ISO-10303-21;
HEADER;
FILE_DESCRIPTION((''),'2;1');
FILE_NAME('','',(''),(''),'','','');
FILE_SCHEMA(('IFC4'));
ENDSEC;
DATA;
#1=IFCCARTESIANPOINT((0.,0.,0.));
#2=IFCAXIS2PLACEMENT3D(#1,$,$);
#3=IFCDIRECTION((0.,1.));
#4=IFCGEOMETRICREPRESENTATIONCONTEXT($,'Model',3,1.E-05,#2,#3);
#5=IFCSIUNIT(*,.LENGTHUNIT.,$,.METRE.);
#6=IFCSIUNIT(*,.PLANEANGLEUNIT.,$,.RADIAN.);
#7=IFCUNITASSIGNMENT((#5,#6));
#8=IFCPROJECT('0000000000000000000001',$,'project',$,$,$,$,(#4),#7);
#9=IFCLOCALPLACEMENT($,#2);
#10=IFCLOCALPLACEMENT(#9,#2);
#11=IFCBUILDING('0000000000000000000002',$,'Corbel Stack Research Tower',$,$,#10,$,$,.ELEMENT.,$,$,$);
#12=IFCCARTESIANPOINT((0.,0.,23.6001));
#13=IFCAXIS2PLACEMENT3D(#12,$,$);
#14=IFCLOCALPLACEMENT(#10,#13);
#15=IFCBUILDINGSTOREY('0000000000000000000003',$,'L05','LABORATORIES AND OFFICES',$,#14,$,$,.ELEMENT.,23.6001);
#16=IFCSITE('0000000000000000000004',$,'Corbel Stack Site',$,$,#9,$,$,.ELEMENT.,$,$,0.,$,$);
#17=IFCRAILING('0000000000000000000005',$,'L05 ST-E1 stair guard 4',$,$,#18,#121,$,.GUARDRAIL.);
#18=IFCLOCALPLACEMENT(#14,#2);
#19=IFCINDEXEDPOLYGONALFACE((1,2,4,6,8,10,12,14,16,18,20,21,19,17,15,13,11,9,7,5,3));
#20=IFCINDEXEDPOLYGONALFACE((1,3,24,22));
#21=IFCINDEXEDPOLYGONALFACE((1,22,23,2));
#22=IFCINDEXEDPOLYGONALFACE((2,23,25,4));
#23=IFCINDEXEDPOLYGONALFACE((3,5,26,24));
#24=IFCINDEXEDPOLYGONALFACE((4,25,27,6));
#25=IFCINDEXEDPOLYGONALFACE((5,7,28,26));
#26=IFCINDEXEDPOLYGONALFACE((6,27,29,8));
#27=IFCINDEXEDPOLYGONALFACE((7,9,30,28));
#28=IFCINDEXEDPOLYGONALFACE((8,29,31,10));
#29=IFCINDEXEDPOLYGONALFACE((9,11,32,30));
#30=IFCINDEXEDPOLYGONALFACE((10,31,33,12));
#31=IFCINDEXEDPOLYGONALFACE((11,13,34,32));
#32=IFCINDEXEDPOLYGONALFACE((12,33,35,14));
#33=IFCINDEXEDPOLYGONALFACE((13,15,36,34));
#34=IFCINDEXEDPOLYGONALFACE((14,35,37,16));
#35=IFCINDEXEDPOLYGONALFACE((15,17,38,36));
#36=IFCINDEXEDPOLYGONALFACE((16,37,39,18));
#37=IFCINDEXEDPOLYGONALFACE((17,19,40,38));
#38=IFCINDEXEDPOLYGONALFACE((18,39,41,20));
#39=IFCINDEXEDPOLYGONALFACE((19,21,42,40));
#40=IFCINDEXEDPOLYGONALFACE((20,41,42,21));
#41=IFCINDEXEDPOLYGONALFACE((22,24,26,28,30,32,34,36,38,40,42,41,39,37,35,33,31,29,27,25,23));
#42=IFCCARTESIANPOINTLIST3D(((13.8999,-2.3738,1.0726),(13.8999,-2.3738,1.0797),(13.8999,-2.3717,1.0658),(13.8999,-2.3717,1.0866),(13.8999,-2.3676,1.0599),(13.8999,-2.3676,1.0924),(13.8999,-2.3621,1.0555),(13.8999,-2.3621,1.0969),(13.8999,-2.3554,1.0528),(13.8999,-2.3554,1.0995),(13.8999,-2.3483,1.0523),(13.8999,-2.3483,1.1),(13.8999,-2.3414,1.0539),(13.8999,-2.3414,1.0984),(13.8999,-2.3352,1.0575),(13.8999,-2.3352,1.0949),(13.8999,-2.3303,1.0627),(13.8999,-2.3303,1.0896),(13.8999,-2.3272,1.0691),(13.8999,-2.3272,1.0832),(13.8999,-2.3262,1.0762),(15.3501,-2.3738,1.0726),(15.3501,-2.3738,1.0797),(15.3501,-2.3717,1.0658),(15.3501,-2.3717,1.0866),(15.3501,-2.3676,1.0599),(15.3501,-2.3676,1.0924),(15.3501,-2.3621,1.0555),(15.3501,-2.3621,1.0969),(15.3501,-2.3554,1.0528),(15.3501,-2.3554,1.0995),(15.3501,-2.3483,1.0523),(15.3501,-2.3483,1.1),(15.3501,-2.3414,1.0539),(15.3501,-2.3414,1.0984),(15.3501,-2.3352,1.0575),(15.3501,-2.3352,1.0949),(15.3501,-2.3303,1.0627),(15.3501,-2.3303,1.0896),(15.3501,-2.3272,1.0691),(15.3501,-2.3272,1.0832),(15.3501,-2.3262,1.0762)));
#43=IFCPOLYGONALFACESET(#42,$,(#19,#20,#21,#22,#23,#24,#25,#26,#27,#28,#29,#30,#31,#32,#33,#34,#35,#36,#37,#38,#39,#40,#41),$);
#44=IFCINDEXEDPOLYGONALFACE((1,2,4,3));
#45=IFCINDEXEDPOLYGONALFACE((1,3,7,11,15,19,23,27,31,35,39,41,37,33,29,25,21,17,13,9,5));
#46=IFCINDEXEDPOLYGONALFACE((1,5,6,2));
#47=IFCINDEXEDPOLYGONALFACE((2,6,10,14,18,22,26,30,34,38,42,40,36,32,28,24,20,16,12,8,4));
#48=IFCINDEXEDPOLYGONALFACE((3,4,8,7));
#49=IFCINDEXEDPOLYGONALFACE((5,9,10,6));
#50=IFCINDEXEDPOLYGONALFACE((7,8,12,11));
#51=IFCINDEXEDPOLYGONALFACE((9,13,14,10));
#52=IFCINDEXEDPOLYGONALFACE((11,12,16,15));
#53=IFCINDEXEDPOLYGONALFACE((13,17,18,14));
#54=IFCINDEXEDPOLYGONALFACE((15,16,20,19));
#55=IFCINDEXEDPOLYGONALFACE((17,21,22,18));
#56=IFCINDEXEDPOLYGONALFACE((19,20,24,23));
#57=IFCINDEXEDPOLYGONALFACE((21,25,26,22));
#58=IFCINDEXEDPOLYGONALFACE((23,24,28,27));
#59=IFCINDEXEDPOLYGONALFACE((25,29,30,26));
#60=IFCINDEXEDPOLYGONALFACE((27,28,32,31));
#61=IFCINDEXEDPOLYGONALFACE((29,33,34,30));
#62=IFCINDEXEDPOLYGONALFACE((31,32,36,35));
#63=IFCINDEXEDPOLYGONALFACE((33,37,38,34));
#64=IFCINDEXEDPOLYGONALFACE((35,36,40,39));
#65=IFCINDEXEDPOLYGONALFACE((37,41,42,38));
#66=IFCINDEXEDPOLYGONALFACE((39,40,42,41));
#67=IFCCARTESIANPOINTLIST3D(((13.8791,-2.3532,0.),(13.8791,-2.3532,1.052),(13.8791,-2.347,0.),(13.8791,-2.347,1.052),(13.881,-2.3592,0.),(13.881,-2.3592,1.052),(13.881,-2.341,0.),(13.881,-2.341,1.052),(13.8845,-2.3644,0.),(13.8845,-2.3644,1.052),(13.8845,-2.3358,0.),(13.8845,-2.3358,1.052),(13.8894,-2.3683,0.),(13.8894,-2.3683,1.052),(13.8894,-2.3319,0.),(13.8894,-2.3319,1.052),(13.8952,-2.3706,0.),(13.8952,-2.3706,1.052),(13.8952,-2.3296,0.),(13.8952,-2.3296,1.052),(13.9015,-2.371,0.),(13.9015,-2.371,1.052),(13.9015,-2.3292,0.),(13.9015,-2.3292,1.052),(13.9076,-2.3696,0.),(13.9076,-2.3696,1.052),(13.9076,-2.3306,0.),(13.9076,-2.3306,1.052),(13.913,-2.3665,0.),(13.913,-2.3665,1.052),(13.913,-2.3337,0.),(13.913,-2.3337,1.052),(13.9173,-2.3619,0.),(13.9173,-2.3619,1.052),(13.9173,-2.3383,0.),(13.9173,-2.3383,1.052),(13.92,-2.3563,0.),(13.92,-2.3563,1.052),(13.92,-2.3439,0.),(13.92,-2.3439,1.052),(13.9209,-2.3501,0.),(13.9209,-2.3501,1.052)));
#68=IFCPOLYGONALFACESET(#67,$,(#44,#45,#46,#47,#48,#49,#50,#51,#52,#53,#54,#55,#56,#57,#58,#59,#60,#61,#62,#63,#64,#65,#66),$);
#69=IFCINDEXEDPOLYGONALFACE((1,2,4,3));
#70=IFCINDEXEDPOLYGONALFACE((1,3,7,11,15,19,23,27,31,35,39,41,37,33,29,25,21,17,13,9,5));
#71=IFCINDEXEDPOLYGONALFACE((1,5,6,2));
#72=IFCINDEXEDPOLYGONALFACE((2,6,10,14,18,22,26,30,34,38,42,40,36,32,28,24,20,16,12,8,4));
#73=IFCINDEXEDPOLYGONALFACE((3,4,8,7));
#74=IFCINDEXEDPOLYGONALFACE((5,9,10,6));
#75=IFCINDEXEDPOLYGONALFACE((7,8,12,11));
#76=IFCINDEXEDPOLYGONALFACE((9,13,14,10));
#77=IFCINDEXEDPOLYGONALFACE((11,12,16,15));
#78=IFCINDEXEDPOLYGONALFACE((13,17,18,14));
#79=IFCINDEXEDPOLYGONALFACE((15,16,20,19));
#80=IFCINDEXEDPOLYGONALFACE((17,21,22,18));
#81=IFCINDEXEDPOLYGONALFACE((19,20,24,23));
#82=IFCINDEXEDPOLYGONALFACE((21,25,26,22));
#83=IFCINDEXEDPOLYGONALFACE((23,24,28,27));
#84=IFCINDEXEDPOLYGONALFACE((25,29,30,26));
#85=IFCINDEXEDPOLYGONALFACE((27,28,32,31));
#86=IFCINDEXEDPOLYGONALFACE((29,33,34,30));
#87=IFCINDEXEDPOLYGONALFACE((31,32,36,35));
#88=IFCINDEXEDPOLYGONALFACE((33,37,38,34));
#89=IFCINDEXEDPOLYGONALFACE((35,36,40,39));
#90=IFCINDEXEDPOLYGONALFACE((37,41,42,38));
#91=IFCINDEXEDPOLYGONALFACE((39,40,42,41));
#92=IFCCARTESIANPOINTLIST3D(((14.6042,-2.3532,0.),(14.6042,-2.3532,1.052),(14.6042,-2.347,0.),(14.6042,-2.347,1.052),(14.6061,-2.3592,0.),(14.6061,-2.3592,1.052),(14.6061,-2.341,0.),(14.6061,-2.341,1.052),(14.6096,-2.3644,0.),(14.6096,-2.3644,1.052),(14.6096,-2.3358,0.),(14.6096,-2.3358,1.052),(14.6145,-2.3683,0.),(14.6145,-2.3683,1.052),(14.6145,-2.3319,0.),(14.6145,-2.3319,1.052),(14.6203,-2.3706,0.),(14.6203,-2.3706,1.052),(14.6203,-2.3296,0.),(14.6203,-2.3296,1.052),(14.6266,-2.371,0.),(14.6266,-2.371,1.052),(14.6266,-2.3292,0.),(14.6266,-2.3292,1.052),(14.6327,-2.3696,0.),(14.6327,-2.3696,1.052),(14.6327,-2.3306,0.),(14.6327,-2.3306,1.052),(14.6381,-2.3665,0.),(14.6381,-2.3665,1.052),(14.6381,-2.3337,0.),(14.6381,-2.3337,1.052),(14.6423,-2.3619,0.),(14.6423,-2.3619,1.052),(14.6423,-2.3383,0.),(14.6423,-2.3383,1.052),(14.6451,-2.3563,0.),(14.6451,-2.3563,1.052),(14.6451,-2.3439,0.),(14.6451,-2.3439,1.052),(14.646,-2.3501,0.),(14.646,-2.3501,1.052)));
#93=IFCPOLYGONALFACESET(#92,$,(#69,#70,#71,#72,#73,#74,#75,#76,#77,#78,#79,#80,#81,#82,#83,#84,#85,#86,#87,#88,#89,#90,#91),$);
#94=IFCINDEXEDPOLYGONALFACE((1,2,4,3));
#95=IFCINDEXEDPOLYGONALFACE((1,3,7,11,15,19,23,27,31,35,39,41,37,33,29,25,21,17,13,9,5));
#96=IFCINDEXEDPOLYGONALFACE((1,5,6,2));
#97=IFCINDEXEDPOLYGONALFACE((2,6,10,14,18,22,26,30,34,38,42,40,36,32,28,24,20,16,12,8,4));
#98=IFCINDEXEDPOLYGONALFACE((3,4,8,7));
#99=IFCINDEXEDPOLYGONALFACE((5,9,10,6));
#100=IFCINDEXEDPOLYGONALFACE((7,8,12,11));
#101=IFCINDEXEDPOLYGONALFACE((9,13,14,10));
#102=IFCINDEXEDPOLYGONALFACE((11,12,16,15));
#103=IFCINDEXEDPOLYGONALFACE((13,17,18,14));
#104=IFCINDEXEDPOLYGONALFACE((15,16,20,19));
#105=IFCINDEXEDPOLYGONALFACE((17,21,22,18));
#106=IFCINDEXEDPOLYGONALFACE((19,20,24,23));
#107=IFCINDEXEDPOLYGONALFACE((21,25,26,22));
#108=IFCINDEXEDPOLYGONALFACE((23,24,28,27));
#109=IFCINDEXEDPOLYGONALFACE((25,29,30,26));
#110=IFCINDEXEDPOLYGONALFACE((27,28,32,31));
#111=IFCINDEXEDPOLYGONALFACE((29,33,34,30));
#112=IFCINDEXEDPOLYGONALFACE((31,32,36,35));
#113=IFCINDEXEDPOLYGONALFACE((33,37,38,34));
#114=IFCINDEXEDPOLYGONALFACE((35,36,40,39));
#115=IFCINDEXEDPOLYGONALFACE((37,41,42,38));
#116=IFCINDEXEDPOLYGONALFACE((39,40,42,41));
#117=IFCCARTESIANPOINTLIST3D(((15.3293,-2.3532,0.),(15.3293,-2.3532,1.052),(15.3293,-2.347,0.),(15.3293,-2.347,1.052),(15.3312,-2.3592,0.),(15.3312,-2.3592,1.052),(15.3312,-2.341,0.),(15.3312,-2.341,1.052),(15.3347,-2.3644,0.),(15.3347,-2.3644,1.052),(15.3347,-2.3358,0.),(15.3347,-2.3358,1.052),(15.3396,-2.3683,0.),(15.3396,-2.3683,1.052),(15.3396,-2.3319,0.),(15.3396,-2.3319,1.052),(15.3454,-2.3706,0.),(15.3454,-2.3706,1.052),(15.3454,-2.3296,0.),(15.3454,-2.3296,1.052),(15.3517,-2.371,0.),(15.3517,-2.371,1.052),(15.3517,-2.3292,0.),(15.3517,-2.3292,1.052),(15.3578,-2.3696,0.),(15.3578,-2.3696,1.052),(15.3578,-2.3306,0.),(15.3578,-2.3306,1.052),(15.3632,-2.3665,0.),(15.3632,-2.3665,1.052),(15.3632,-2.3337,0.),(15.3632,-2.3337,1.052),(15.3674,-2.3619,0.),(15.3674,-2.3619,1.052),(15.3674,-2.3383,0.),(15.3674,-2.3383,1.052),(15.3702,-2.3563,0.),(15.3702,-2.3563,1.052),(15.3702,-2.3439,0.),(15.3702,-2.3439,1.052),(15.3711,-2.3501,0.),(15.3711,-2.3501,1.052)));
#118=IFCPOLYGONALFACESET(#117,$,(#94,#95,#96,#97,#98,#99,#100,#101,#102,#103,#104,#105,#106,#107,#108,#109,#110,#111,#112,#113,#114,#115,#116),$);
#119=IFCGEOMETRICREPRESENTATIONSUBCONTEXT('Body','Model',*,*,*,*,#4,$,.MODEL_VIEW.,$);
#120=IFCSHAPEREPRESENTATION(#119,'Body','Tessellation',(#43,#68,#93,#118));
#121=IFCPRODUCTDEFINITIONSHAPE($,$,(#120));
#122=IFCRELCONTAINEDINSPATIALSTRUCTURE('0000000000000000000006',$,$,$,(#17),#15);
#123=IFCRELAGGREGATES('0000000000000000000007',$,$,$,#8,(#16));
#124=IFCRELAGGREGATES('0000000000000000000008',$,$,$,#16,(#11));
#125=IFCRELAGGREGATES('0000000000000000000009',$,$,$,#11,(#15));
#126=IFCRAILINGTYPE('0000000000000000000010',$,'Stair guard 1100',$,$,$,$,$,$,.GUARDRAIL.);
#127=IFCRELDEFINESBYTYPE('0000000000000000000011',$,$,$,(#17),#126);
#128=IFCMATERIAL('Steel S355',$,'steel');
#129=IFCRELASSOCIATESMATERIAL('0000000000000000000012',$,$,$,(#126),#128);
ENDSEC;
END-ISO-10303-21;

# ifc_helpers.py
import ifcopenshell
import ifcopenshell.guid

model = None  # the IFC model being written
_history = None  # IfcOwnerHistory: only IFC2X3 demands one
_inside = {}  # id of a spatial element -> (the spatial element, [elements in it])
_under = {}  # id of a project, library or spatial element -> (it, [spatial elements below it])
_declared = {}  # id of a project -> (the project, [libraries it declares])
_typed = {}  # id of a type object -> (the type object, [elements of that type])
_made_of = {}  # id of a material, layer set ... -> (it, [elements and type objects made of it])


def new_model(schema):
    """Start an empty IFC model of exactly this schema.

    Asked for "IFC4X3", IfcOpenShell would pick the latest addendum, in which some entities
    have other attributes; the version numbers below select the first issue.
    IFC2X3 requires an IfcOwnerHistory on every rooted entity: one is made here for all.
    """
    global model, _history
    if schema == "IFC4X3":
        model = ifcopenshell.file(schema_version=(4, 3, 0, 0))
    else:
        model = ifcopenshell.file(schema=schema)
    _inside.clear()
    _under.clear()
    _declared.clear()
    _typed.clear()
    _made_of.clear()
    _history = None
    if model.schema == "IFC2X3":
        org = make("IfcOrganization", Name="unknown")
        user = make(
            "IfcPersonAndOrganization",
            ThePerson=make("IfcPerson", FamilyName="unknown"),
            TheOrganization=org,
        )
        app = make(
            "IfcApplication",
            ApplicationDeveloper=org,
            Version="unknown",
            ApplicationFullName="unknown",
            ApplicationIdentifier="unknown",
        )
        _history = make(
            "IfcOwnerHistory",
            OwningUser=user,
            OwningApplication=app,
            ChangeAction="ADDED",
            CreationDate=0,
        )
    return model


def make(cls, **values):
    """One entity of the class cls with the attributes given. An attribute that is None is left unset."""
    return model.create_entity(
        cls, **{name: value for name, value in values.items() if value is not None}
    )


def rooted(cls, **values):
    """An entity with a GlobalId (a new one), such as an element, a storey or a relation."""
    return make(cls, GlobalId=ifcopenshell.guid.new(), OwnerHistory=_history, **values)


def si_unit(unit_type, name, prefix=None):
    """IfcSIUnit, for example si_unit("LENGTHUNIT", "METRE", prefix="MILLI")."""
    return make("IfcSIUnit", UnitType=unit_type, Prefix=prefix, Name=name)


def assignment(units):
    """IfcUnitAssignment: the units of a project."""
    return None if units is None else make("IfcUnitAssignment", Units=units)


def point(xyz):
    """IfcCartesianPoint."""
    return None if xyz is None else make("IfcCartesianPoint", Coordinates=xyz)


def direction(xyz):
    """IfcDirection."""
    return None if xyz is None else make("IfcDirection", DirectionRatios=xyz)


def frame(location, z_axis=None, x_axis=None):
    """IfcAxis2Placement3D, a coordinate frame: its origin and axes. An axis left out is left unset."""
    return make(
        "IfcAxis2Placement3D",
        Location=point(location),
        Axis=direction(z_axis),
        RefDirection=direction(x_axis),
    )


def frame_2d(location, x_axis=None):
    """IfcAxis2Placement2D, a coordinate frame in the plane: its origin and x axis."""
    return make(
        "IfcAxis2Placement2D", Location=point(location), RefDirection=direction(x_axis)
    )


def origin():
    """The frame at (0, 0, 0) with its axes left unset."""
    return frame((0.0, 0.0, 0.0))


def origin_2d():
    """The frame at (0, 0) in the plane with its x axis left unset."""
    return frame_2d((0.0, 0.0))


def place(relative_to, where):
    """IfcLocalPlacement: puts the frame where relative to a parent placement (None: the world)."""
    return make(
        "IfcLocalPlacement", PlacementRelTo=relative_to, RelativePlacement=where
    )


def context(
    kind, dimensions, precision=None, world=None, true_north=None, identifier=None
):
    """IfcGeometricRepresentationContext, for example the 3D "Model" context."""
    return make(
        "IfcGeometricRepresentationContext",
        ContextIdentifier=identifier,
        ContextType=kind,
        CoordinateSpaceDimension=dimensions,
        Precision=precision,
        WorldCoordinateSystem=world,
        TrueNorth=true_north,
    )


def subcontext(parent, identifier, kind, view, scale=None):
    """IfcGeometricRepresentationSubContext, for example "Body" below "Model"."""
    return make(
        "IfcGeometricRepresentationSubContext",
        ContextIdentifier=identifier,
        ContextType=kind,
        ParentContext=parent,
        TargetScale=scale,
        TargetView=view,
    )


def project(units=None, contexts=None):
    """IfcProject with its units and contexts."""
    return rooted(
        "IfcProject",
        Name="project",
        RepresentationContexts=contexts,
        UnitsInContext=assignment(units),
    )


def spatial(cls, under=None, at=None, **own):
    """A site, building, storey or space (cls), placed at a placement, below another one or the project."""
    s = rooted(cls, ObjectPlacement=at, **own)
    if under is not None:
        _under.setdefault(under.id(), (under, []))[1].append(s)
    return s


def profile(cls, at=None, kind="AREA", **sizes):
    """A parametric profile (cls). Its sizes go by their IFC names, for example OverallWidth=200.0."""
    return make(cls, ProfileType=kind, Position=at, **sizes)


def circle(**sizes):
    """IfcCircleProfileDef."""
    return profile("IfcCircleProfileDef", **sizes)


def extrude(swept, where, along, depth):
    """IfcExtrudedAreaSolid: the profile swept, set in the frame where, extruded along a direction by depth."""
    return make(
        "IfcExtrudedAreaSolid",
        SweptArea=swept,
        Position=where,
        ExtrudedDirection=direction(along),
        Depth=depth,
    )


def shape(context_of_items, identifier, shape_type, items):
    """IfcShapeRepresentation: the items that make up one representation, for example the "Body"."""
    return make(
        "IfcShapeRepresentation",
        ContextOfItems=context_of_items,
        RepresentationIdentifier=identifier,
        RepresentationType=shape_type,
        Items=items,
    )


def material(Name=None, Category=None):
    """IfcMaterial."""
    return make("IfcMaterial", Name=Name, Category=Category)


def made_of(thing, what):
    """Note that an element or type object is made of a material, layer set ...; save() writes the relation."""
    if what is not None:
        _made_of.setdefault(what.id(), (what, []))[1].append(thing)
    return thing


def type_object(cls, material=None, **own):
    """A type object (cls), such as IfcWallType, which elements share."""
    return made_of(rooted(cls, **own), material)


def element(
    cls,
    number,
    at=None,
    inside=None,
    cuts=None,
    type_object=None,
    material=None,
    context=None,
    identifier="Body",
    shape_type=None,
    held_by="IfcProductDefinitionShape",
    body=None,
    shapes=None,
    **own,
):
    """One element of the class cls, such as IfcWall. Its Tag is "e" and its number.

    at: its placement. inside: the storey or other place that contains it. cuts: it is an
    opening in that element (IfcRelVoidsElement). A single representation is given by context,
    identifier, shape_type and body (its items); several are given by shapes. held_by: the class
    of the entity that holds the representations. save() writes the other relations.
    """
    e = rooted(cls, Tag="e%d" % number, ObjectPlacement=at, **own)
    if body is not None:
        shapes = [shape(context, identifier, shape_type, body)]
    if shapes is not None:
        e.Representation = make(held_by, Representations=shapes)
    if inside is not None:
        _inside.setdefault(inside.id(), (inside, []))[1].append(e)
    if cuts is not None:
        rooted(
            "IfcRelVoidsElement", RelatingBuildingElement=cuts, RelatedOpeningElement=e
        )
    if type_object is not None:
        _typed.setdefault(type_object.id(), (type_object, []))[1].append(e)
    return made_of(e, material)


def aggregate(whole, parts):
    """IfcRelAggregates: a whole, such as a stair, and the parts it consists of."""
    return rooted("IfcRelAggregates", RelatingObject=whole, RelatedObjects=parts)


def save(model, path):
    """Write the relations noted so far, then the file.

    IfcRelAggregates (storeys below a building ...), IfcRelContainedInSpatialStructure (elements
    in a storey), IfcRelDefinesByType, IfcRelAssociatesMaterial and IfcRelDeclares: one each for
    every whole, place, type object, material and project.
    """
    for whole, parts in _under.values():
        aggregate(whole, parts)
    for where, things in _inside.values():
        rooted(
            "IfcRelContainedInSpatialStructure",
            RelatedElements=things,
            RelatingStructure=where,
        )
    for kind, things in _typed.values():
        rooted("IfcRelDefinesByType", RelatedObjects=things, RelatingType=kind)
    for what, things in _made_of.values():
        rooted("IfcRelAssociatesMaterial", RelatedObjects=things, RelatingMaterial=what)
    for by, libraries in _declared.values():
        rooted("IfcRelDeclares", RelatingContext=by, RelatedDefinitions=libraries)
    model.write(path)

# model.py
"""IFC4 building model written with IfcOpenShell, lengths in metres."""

from ifc_helpers import new_model, si_unit, direction, frame, origin, origin_2d, place, context, subcontext, project, spatial, circle, extrude, material, type_object, element, save


model = new_model("IFC4")

# Units and contexts
model_context = context("Model", 3, precision=1e-05, world=origin(), true_north=direction((0.0, 1.0)))
body_context = subcontext(model_context, "Body", "Model", "MODEL_VIEW")
ifc_project = project(units=[si_unit("LENGTHUNIT", "METRE"), si_unit("PLANEANGLEUNIT", "RADIAN")], contexts=[model_context])

# Site, building, storey
site_placement = place(None, origin())
site = spatial("IfcSite", under=ifc_project, at=site_placement, Name="Corbel Stack Site", CompositionType="ELEMENT", RefElevation=0.0)
building_placement = place(site_placement, origin())
building = spatial("IfcBuilding", under=site, at=building_placement, Name="Corbel Stack Research Tower", CompositionType="ELEMENT")
storey_placement = place(building_placement, frame((0.0, 0.0, 23.6001)))
storey = spatial("IfcBuildingStorey", under=building, at=storey_placement, Name="L05", Description="LABORATORIES AND OFFICES", CompositionType="ELEMENT", Elevation=23.6001)

# Railing
ifc_material_1 = material(Name="Steel S355", Category="steel")
railing_type_1 = type_object("IfcRailingType", Name="Stair guard 1100", PredefinedType="GUARDRAIL", material=ifc_material_1)
railing_1_placement = place(storey_placement, frame((13.8999, -2.3501, 0.0)))
element("IfcRailing", 1, at=railing_1_placement, inside=storey, type_object=railing_type_1, Name="L05 ST-E1 stair guard 4", PredefinedType="GUARDRAIL", context=body_context, shape_type="SweptSolid", body=[
    extrude(circle(Radius=0.0239, at=origin_2d()), frame((0.0, 0.0, 1.0762), z_axis=(1.0, 0.0, 0.0), x_axis=(0.0, 1.0, 0.0)), (0.0, 0.0, 1.0), 1.4502),
    extrude(circle(Radius=0.021, at=origin_2d()), origin(), (0.0, 0.0, 1.0), 1.052),
    extrude(circle(Radius=0.021, at=origin_2d()), frame((0.7251, 0.0, 0.0)), (0.0, 0.0, 1.0), 1.052),
    extrude(circle(Radius=0.021, at=origin_2d()), frame((1.4502, 0.0, 0.0)), (0.0, 0.0, 1.0), 1.052),
])

save(model, "model.ifc")
